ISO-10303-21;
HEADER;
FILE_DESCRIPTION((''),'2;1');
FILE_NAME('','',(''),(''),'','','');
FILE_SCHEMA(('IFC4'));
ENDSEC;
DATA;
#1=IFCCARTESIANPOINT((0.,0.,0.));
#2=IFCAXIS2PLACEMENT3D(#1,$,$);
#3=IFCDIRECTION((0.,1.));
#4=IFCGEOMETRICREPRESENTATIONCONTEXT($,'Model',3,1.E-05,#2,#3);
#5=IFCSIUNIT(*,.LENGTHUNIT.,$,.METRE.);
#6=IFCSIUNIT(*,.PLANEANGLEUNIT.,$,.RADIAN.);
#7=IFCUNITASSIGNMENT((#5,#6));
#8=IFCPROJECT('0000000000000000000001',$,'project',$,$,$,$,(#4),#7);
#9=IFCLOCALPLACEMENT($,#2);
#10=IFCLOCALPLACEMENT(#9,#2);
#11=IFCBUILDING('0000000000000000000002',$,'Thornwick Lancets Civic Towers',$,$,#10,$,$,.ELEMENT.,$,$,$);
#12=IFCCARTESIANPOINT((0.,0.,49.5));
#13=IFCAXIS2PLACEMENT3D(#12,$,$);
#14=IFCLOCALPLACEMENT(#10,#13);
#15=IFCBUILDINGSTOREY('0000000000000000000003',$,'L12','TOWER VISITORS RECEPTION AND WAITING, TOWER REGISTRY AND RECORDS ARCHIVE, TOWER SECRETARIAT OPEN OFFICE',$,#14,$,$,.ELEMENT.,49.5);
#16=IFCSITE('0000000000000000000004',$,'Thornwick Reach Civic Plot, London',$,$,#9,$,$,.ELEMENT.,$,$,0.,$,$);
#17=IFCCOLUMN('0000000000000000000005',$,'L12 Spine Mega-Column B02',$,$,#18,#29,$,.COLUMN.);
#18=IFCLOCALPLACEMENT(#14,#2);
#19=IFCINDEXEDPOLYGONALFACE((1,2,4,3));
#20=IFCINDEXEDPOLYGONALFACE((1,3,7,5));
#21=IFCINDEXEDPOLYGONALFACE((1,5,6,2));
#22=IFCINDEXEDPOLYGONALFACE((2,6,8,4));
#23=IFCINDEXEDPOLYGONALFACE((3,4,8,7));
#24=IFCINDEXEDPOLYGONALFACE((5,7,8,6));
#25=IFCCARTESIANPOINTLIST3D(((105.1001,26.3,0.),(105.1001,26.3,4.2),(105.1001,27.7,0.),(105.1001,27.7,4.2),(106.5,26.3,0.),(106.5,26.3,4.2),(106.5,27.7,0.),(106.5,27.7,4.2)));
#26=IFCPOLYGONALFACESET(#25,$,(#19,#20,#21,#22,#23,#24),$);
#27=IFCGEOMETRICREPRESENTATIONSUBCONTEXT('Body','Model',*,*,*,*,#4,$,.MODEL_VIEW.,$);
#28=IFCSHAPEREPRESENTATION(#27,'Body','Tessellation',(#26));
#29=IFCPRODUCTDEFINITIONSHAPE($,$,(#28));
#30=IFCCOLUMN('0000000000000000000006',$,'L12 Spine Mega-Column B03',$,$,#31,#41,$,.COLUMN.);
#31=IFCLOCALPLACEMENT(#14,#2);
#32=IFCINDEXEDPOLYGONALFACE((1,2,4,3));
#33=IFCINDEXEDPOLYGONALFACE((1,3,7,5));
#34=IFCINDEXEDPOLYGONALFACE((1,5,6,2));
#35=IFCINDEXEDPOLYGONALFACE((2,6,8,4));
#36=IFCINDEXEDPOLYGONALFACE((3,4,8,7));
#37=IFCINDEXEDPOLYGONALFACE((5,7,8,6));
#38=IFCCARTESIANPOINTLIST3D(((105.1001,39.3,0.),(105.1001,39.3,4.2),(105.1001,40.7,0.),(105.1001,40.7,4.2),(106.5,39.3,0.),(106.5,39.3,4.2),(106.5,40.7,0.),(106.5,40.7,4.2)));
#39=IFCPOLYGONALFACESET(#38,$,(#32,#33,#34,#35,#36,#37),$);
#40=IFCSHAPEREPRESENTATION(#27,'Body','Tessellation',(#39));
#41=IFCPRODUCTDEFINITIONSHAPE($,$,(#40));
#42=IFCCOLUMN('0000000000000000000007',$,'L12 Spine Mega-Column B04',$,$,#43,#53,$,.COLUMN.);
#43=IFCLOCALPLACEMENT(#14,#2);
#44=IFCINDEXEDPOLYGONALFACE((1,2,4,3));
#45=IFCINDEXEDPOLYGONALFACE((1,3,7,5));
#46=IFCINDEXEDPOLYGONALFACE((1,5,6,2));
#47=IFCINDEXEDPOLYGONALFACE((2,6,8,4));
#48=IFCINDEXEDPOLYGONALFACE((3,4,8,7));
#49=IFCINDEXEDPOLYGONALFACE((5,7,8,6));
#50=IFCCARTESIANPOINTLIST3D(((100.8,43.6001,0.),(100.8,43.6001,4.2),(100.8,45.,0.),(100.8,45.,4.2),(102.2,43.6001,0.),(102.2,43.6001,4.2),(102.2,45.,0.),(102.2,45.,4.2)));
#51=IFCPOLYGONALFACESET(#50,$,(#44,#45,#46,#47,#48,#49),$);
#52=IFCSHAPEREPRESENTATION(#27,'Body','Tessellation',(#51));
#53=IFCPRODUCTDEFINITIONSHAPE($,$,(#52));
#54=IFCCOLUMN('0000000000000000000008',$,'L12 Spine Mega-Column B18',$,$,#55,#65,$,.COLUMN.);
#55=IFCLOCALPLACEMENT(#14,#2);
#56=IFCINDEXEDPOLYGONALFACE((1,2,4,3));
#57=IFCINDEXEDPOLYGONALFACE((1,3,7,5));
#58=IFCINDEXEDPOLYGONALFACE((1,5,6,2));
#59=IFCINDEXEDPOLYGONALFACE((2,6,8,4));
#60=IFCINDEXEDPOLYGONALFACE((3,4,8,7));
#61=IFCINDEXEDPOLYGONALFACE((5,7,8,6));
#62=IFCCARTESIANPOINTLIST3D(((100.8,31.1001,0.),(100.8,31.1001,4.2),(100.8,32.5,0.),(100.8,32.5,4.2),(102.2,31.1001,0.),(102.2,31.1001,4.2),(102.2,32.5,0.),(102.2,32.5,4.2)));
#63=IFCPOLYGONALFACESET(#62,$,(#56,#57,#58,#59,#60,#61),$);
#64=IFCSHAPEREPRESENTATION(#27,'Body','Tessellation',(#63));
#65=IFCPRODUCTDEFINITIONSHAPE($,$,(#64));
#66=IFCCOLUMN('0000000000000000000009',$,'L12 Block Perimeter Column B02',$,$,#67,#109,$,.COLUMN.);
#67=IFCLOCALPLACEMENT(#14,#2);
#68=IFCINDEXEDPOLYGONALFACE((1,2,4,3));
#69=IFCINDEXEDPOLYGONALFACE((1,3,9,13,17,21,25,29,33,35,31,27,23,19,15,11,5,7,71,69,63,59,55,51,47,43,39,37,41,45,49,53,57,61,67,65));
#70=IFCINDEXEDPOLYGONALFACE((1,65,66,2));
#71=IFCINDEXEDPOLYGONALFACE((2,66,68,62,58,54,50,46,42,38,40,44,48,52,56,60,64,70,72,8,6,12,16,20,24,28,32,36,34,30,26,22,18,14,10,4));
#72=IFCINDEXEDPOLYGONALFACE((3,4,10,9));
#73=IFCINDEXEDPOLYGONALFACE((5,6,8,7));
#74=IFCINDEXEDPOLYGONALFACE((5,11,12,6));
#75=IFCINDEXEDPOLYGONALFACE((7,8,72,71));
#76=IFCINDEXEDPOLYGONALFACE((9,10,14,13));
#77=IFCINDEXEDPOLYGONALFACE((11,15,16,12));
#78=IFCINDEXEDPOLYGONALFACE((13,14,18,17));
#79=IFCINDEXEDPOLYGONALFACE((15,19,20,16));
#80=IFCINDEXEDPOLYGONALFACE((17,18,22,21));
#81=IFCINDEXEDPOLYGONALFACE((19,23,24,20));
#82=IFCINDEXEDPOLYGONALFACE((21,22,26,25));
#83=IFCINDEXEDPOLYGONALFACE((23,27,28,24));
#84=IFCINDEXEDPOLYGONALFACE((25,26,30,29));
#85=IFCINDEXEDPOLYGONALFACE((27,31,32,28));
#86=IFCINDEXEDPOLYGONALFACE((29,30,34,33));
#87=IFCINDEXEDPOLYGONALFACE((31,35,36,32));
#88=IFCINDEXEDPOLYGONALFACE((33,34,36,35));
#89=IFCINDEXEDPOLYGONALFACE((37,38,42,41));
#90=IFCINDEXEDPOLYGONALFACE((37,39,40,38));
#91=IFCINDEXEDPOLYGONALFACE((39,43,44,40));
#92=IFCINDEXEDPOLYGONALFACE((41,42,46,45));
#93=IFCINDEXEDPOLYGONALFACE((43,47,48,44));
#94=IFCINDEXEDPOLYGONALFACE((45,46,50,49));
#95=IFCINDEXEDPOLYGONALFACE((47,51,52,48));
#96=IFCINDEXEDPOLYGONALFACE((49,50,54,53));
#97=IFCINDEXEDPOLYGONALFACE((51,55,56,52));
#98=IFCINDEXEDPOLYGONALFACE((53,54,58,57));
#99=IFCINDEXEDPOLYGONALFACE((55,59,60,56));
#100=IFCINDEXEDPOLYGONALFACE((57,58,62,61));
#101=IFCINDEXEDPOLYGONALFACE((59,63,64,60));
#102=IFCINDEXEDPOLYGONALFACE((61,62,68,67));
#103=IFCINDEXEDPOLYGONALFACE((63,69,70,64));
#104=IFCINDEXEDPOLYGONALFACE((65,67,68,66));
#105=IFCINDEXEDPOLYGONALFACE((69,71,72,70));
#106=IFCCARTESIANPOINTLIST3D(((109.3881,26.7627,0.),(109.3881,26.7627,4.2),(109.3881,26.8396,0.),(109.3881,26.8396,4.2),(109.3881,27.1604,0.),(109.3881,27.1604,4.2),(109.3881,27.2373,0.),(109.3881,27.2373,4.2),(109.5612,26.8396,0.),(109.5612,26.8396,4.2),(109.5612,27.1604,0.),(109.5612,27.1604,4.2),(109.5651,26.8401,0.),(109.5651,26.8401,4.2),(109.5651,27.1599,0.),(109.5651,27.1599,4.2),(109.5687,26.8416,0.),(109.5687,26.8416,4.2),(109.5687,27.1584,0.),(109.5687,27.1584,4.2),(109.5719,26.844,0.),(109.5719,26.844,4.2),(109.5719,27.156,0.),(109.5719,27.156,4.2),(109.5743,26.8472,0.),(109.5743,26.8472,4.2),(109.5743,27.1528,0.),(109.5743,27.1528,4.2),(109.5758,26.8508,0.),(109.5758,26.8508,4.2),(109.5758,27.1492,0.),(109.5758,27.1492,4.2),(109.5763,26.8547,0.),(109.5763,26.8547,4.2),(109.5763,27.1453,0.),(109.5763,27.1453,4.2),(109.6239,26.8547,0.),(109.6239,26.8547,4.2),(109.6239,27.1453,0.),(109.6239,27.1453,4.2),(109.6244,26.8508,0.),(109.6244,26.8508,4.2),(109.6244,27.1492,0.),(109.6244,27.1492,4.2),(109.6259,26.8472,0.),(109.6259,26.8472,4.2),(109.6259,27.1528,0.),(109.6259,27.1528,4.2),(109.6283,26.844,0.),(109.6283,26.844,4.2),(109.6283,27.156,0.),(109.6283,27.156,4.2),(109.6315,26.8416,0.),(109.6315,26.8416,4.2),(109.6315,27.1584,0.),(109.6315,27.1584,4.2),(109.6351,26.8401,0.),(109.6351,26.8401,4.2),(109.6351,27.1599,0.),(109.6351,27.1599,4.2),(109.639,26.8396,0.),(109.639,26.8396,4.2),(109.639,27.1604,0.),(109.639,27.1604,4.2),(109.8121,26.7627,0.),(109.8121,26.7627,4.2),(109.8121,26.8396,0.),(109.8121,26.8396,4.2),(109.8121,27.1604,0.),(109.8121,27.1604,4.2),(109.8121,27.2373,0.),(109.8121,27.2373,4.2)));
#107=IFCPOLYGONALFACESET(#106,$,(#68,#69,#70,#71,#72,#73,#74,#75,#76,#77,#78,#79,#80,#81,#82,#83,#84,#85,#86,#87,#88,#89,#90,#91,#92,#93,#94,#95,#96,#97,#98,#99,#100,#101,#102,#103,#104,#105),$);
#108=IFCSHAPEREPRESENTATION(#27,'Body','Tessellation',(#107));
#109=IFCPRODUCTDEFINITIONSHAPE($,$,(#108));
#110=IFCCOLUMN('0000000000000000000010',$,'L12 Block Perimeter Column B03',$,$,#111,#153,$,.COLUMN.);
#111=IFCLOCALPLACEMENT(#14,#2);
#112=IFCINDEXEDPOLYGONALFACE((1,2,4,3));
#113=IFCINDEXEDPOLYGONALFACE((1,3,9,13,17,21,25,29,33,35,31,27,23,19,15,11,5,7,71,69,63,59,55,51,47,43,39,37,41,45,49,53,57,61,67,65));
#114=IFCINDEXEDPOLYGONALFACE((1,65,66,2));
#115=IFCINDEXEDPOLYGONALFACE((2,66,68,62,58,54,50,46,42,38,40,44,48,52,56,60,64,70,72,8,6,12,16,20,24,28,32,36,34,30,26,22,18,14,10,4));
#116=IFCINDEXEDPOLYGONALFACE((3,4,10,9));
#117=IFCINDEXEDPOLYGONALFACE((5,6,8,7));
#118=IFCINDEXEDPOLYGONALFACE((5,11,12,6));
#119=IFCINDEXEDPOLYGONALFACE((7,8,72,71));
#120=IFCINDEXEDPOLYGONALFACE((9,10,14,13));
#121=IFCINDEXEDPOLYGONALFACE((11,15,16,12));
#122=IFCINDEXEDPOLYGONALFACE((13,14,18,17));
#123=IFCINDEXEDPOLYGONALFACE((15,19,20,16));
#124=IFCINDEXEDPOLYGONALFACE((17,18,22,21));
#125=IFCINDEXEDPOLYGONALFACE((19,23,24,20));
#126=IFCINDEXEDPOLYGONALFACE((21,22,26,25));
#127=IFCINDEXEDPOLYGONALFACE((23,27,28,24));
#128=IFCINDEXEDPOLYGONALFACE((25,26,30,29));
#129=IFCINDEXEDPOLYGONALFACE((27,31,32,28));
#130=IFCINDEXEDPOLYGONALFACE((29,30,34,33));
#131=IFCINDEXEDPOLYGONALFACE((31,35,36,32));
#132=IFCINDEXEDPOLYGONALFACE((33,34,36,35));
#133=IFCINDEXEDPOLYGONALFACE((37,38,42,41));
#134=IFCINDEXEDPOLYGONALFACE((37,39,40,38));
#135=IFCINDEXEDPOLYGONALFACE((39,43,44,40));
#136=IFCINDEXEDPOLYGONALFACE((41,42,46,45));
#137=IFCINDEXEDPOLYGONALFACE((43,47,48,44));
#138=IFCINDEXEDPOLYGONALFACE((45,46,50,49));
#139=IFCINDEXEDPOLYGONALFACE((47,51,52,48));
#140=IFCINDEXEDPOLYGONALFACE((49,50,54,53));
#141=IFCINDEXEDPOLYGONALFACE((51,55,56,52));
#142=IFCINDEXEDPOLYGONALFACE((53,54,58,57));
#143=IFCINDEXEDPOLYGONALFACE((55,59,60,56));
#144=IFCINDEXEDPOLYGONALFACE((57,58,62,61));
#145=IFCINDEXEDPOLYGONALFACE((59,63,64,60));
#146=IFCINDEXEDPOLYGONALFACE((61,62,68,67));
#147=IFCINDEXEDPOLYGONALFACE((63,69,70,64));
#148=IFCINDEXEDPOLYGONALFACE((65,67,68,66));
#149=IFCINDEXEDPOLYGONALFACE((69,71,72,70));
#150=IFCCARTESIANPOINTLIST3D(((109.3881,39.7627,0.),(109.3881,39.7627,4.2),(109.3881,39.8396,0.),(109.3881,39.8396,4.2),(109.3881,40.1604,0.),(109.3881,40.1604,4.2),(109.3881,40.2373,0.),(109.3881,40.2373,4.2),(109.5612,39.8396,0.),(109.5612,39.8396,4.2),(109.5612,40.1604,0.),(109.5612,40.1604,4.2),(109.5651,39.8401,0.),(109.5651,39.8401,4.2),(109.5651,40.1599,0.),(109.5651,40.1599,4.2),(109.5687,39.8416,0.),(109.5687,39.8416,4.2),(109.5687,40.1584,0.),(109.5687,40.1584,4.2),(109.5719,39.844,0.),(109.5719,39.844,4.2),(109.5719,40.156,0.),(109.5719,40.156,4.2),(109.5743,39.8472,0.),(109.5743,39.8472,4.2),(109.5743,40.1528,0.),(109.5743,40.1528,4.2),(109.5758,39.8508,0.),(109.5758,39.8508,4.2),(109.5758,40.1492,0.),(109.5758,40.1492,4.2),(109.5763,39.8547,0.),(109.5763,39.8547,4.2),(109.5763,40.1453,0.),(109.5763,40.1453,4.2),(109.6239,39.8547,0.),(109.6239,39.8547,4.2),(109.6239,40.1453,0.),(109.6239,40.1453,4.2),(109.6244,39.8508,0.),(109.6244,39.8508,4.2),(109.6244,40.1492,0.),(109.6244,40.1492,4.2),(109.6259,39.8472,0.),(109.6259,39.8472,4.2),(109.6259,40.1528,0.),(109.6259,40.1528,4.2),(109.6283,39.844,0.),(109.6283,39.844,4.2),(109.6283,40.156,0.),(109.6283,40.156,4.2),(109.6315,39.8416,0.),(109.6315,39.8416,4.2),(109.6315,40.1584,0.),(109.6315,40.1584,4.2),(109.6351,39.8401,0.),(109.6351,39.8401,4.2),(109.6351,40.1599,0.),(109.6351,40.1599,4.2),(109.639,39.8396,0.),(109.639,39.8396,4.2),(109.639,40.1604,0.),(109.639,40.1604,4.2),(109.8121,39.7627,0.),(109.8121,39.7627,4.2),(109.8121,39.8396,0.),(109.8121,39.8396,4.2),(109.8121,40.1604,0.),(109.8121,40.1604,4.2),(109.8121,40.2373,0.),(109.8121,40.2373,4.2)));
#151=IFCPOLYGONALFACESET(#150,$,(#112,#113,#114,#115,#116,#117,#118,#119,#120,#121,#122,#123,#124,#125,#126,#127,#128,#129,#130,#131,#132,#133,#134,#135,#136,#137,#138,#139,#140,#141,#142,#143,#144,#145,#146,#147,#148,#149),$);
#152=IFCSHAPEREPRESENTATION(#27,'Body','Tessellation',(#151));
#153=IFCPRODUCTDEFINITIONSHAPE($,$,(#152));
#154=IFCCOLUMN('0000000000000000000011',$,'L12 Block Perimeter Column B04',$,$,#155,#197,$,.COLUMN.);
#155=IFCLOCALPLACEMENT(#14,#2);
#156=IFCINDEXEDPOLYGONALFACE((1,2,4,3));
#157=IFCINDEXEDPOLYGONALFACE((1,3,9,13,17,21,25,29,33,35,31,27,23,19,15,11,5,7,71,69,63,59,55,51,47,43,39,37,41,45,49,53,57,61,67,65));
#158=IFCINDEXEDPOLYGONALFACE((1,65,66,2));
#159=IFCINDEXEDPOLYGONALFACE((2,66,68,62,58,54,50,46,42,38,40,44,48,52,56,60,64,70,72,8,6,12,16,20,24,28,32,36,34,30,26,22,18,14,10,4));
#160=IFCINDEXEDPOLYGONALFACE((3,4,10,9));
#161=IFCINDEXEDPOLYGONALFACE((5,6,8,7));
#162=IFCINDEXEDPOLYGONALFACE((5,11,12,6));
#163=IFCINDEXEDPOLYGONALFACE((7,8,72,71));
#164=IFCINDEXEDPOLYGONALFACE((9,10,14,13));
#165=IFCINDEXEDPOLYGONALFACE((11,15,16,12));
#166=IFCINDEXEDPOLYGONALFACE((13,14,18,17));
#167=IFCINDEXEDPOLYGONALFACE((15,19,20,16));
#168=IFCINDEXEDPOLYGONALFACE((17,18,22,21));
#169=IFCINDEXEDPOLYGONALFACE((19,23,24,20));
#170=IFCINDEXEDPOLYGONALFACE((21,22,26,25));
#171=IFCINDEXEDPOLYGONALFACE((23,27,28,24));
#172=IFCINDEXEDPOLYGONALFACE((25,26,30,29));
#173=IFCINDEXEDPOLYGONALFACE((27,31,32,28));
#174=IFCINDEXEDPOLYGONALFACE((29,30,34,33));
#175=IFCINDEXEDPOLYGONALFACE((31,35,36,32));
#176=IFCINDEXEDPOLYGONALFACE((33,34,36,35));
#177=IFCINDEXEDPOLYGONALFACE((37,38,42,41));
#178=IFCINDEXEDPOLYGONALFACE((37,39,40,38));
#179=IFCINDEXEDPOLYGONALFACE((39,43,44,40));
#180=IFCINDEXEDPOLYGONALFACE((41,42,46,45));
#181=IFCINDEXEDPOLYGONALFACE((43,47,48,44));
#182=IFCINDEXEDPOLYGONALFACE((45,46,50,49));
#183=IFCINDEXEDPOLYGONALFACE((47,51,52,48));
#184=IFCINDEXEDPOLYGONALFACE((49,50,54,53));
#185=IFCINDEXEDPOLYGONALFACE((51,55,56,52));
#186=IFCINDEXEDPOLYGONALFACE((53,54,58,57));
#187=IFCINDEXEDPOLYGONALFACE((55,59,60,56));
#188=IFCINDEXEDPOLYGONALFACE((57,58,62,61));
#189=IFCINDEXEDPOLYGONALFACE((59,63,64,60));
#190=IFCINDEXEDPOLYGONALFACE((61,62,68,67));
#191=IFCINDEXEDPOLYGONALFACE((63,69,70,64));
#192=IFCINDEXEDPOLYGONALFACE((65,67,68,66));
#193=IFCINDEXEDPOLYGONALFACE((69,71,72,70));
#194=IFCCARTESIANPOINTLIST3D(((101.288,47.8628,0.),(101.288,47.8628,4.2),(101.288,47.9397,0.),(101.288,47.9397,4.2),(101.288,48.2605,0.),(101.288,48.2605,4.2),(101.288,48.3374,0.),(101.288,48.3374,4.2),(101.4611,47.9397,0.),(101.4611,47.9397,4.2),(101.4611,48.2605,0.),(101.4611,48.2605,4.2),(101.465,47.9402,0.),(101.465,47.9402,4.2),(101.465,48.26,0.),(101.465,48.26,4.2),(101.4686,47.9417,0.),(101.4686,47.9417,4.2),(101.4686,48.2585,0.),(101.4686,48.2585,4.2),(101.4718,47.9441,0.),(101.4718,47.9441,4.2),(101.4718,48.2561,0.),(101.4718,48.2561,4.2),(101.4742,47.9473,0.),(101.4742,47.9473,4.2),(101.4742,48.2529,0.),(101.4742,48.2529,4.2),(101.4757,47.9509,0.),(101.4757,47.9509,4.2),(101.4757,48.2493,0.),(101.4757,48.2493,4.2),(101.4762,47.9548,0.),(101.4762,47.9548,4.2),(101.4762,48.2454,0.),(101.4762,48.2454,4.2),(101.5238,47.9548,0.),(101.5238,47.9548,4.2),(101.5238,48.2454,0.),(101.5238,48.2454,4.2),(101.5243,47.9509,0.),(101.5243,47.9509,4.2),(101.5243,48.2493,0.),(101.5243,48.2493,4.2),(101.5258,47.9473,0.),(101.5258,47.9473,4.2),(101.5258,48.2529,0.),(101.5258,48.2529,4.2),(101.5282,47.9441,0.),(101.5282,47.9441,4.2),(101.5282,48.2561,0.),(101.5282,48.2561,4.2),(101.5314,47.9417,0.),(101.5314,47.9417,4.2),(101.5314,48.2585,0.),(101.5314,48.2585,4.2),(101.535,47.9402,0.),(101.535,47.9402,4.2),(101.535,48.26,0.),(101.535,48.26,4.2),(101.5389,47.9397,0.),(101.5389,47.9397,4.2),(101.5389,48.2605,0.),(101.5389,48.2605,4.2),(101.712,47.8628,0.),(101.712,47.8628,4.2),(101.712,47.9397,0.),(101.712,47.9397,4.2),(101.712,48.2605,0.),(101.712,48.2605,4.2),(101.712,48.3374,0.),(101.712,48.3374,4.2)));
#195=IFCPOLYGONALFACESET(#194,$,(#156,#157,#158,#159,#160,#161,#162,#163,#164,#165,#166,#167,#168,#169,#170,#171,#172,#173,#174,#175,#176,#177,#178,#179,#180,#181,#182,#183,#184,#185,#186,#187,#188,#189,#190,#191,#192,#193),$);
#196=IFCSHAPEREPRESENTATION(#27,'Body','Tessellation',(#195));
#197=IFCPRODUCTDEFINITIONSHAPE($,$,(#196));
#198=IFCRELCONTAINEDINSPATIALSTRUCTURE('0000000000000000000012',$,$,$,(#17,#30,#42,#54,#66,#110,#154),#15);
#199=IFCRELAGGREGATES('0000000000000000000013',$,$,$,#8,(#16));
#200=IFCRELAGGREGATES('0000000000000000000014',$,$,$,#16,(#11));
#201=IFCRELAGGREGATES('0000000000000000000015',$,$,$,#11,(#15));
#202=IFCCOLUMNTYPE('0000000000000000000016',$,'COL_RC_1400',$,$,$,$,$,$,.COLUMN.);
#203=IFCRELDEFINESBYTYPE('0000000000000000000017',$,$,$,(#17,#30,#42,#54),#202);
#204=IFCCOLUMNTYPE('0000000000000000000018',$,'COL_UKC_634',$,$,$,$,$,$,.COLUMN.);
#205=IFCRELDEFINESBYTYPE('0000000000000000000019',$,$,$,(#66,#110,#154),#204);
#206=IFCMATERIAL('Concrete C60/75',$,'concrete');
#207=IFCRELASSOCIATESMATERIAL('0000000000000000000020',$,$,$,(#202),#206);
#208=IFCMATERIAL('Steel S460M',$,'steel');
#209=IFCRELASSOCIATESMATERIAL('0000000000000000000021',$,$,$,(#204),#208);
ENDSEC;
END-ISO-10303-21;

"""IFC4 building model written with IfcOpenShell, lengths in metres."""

from ifc_helpers import new_model, si_unit, direction, frame, origin, origin_2d, place, context, subcontext, project, spatial, rectangle, i_section, extrude, material, material_profile, profile_set, type_object, element, save


model = new_model("IFC4")

# Units and contexts
model_context = context("Model", 3, precision=1e-05, world=origin(), true_north=direction((0.0, 1.0)))
body_context = subcontext(model_context, "Body", "Model", "MODEL_VIEW")
ifc_project = project(units=[si_unit("LENGTHUNIT", "METRE"), si_unit("PLANEANGLEUNIT", "RADIAN")], contexts=[model_context])

# Site, building, storey
site_placement = place(None, origin())
site = spatial("IfcSite", under=ifc_project, at=site_placement, Name="Thornwick Reach Civic Plot, London", CompositionType="ELEMENT", RefElevation=0.0)
building_placement = place(site_placement, origin())
building = spatial("IfcBuilding", under=site, at=building_placement, Name="Thornwick Lancets Civic Towers", CompositionType="ELEMENT")
storey_placement = place(building_placement, frame((0.0, 0.0, 49.5)))
storey = spatial("IfcBuildingStorey", under=building, at=storey_placement, Name="L12", Description="TOWER VISITORS RECEPTION AND WAITING, TOWER REGISTRY AND RECORDS ARCHIVE, TOWER SECRETARIAT OPEN OFFICE", CompositionType="ELEMENT", Elevation=49.5)

# Columns
ifc_material_1 = material(Name="Concrete C60/75", Category="concrete")
ifc_material_profile_1 = material_profile(ifc_material_1, rectangle(XDim=1.3999, YDim=1.3999, at=origin_2d()), Name="RC 1400x1400")
ifc_profile_set_1 = profile_set([ifc_material_profile_1], Name="Concrete C60/75")
column_type_1 = type_object("IfcColumnType", Name="COL_RC_1400", PredefinedType="COLUMN", material=ifc_profile_set_1)
for number, where, z_axis, x_axis, name in (
    (1, (105.8, 27.0, 0.0), (0.0, 0.0, 1.0), (1.0, 0.0, 0.0), "L12 Spine Mega-Column B02"),
    (2, (105.8, 40.0, 0.0), (0.0, 0.0, 1.0), (1.0, 0.0, 0.0), "L12 Spine Mega-Column B03"),
    (3, (101.5, 44.3, 0.0), (0.0, 0.0, 1.0), (1.0, 0.0, 0.0), "L12 Spine Mega-Column B04"),
    (4, (101.5, 31.8, 0.0), (0.0, 0.0, 1.0), (1.0, 0.0, 0.0), "L12 Spine Mega-Column B18"),
):
    element("IfcColumn", number, at=place(storey_placement, frame(where, z_axis=z_axis, x_axis=x_axis)), inside=storey, type_object=column_type_1, Name=name, PredefinedType="COLUMN", context=body_context, shape_type="SweptSolid", body=[
        extrude(rectangle(XDim=1.3999, YDim=1.3999, at=origin_2d()), origin(), (0.0, 0.0, 1.0), 4.2),
    ])
ifc_material_2 = material(Name="Steel S460M", Category="steel")
ifc_material_profile_2 = material_profile(ifc_material_2, i_section(OverallWidth=0.4241, OverallDepth=0.4746, WebThickness=0.0476, FlangeThickness=0.0769, FilletRadius=0.0151, at=origin_2d()), Name="UKC 356x406x634")
ifc_profile_set_2 = profile_set([ifc_material_profile_2], Name="Steel S460M")
column_type_2 = type_object("IfcColumnType", Name="COL_UKC_634", PredefinedType="COLUMN", material=ifc_profile_set_2)
for number, where, z_axis, x_axis, name in (
    (5, (109.6001, 27.0, 0.0), (0.0, 0.0, 1.0), (1.0, 0.0, 0.0), "L12 Block Perimeter Column B02"),
    (6, (109.6001, 40.0, 0.0), (0.0, 0.0, 1.0), (1.0, 0.0, 0.0), "L12 Block Perimeter Column B03"),
    (7, (101.5, 48.1001, 0.0), (0.0, 0.0, 1.0), (1.0, 0.0, 0.0), "L12 Block Perimeter Column B04"),
):
    element("IfcColumn", number, at=place(storey_placement, frame(where, z_axis=z_axis, x_axis=x_axis)), inside=storey, type_object=column_type_2, Name=name, PredefinedType="COLUMN", context=body_context, shape_type="SweptSolid", body=[
        extrude(i_section(OverallWidth=0.4241, OverallDepth=0.4746, WebThickness=0.0476, FlangeThickness=0.0769, FilletRadius=0.0151, at=origin_2d()), origin(), (0.0, 0.0, 1.0), 4.2),
    ])

save(model, "model.ifc")
